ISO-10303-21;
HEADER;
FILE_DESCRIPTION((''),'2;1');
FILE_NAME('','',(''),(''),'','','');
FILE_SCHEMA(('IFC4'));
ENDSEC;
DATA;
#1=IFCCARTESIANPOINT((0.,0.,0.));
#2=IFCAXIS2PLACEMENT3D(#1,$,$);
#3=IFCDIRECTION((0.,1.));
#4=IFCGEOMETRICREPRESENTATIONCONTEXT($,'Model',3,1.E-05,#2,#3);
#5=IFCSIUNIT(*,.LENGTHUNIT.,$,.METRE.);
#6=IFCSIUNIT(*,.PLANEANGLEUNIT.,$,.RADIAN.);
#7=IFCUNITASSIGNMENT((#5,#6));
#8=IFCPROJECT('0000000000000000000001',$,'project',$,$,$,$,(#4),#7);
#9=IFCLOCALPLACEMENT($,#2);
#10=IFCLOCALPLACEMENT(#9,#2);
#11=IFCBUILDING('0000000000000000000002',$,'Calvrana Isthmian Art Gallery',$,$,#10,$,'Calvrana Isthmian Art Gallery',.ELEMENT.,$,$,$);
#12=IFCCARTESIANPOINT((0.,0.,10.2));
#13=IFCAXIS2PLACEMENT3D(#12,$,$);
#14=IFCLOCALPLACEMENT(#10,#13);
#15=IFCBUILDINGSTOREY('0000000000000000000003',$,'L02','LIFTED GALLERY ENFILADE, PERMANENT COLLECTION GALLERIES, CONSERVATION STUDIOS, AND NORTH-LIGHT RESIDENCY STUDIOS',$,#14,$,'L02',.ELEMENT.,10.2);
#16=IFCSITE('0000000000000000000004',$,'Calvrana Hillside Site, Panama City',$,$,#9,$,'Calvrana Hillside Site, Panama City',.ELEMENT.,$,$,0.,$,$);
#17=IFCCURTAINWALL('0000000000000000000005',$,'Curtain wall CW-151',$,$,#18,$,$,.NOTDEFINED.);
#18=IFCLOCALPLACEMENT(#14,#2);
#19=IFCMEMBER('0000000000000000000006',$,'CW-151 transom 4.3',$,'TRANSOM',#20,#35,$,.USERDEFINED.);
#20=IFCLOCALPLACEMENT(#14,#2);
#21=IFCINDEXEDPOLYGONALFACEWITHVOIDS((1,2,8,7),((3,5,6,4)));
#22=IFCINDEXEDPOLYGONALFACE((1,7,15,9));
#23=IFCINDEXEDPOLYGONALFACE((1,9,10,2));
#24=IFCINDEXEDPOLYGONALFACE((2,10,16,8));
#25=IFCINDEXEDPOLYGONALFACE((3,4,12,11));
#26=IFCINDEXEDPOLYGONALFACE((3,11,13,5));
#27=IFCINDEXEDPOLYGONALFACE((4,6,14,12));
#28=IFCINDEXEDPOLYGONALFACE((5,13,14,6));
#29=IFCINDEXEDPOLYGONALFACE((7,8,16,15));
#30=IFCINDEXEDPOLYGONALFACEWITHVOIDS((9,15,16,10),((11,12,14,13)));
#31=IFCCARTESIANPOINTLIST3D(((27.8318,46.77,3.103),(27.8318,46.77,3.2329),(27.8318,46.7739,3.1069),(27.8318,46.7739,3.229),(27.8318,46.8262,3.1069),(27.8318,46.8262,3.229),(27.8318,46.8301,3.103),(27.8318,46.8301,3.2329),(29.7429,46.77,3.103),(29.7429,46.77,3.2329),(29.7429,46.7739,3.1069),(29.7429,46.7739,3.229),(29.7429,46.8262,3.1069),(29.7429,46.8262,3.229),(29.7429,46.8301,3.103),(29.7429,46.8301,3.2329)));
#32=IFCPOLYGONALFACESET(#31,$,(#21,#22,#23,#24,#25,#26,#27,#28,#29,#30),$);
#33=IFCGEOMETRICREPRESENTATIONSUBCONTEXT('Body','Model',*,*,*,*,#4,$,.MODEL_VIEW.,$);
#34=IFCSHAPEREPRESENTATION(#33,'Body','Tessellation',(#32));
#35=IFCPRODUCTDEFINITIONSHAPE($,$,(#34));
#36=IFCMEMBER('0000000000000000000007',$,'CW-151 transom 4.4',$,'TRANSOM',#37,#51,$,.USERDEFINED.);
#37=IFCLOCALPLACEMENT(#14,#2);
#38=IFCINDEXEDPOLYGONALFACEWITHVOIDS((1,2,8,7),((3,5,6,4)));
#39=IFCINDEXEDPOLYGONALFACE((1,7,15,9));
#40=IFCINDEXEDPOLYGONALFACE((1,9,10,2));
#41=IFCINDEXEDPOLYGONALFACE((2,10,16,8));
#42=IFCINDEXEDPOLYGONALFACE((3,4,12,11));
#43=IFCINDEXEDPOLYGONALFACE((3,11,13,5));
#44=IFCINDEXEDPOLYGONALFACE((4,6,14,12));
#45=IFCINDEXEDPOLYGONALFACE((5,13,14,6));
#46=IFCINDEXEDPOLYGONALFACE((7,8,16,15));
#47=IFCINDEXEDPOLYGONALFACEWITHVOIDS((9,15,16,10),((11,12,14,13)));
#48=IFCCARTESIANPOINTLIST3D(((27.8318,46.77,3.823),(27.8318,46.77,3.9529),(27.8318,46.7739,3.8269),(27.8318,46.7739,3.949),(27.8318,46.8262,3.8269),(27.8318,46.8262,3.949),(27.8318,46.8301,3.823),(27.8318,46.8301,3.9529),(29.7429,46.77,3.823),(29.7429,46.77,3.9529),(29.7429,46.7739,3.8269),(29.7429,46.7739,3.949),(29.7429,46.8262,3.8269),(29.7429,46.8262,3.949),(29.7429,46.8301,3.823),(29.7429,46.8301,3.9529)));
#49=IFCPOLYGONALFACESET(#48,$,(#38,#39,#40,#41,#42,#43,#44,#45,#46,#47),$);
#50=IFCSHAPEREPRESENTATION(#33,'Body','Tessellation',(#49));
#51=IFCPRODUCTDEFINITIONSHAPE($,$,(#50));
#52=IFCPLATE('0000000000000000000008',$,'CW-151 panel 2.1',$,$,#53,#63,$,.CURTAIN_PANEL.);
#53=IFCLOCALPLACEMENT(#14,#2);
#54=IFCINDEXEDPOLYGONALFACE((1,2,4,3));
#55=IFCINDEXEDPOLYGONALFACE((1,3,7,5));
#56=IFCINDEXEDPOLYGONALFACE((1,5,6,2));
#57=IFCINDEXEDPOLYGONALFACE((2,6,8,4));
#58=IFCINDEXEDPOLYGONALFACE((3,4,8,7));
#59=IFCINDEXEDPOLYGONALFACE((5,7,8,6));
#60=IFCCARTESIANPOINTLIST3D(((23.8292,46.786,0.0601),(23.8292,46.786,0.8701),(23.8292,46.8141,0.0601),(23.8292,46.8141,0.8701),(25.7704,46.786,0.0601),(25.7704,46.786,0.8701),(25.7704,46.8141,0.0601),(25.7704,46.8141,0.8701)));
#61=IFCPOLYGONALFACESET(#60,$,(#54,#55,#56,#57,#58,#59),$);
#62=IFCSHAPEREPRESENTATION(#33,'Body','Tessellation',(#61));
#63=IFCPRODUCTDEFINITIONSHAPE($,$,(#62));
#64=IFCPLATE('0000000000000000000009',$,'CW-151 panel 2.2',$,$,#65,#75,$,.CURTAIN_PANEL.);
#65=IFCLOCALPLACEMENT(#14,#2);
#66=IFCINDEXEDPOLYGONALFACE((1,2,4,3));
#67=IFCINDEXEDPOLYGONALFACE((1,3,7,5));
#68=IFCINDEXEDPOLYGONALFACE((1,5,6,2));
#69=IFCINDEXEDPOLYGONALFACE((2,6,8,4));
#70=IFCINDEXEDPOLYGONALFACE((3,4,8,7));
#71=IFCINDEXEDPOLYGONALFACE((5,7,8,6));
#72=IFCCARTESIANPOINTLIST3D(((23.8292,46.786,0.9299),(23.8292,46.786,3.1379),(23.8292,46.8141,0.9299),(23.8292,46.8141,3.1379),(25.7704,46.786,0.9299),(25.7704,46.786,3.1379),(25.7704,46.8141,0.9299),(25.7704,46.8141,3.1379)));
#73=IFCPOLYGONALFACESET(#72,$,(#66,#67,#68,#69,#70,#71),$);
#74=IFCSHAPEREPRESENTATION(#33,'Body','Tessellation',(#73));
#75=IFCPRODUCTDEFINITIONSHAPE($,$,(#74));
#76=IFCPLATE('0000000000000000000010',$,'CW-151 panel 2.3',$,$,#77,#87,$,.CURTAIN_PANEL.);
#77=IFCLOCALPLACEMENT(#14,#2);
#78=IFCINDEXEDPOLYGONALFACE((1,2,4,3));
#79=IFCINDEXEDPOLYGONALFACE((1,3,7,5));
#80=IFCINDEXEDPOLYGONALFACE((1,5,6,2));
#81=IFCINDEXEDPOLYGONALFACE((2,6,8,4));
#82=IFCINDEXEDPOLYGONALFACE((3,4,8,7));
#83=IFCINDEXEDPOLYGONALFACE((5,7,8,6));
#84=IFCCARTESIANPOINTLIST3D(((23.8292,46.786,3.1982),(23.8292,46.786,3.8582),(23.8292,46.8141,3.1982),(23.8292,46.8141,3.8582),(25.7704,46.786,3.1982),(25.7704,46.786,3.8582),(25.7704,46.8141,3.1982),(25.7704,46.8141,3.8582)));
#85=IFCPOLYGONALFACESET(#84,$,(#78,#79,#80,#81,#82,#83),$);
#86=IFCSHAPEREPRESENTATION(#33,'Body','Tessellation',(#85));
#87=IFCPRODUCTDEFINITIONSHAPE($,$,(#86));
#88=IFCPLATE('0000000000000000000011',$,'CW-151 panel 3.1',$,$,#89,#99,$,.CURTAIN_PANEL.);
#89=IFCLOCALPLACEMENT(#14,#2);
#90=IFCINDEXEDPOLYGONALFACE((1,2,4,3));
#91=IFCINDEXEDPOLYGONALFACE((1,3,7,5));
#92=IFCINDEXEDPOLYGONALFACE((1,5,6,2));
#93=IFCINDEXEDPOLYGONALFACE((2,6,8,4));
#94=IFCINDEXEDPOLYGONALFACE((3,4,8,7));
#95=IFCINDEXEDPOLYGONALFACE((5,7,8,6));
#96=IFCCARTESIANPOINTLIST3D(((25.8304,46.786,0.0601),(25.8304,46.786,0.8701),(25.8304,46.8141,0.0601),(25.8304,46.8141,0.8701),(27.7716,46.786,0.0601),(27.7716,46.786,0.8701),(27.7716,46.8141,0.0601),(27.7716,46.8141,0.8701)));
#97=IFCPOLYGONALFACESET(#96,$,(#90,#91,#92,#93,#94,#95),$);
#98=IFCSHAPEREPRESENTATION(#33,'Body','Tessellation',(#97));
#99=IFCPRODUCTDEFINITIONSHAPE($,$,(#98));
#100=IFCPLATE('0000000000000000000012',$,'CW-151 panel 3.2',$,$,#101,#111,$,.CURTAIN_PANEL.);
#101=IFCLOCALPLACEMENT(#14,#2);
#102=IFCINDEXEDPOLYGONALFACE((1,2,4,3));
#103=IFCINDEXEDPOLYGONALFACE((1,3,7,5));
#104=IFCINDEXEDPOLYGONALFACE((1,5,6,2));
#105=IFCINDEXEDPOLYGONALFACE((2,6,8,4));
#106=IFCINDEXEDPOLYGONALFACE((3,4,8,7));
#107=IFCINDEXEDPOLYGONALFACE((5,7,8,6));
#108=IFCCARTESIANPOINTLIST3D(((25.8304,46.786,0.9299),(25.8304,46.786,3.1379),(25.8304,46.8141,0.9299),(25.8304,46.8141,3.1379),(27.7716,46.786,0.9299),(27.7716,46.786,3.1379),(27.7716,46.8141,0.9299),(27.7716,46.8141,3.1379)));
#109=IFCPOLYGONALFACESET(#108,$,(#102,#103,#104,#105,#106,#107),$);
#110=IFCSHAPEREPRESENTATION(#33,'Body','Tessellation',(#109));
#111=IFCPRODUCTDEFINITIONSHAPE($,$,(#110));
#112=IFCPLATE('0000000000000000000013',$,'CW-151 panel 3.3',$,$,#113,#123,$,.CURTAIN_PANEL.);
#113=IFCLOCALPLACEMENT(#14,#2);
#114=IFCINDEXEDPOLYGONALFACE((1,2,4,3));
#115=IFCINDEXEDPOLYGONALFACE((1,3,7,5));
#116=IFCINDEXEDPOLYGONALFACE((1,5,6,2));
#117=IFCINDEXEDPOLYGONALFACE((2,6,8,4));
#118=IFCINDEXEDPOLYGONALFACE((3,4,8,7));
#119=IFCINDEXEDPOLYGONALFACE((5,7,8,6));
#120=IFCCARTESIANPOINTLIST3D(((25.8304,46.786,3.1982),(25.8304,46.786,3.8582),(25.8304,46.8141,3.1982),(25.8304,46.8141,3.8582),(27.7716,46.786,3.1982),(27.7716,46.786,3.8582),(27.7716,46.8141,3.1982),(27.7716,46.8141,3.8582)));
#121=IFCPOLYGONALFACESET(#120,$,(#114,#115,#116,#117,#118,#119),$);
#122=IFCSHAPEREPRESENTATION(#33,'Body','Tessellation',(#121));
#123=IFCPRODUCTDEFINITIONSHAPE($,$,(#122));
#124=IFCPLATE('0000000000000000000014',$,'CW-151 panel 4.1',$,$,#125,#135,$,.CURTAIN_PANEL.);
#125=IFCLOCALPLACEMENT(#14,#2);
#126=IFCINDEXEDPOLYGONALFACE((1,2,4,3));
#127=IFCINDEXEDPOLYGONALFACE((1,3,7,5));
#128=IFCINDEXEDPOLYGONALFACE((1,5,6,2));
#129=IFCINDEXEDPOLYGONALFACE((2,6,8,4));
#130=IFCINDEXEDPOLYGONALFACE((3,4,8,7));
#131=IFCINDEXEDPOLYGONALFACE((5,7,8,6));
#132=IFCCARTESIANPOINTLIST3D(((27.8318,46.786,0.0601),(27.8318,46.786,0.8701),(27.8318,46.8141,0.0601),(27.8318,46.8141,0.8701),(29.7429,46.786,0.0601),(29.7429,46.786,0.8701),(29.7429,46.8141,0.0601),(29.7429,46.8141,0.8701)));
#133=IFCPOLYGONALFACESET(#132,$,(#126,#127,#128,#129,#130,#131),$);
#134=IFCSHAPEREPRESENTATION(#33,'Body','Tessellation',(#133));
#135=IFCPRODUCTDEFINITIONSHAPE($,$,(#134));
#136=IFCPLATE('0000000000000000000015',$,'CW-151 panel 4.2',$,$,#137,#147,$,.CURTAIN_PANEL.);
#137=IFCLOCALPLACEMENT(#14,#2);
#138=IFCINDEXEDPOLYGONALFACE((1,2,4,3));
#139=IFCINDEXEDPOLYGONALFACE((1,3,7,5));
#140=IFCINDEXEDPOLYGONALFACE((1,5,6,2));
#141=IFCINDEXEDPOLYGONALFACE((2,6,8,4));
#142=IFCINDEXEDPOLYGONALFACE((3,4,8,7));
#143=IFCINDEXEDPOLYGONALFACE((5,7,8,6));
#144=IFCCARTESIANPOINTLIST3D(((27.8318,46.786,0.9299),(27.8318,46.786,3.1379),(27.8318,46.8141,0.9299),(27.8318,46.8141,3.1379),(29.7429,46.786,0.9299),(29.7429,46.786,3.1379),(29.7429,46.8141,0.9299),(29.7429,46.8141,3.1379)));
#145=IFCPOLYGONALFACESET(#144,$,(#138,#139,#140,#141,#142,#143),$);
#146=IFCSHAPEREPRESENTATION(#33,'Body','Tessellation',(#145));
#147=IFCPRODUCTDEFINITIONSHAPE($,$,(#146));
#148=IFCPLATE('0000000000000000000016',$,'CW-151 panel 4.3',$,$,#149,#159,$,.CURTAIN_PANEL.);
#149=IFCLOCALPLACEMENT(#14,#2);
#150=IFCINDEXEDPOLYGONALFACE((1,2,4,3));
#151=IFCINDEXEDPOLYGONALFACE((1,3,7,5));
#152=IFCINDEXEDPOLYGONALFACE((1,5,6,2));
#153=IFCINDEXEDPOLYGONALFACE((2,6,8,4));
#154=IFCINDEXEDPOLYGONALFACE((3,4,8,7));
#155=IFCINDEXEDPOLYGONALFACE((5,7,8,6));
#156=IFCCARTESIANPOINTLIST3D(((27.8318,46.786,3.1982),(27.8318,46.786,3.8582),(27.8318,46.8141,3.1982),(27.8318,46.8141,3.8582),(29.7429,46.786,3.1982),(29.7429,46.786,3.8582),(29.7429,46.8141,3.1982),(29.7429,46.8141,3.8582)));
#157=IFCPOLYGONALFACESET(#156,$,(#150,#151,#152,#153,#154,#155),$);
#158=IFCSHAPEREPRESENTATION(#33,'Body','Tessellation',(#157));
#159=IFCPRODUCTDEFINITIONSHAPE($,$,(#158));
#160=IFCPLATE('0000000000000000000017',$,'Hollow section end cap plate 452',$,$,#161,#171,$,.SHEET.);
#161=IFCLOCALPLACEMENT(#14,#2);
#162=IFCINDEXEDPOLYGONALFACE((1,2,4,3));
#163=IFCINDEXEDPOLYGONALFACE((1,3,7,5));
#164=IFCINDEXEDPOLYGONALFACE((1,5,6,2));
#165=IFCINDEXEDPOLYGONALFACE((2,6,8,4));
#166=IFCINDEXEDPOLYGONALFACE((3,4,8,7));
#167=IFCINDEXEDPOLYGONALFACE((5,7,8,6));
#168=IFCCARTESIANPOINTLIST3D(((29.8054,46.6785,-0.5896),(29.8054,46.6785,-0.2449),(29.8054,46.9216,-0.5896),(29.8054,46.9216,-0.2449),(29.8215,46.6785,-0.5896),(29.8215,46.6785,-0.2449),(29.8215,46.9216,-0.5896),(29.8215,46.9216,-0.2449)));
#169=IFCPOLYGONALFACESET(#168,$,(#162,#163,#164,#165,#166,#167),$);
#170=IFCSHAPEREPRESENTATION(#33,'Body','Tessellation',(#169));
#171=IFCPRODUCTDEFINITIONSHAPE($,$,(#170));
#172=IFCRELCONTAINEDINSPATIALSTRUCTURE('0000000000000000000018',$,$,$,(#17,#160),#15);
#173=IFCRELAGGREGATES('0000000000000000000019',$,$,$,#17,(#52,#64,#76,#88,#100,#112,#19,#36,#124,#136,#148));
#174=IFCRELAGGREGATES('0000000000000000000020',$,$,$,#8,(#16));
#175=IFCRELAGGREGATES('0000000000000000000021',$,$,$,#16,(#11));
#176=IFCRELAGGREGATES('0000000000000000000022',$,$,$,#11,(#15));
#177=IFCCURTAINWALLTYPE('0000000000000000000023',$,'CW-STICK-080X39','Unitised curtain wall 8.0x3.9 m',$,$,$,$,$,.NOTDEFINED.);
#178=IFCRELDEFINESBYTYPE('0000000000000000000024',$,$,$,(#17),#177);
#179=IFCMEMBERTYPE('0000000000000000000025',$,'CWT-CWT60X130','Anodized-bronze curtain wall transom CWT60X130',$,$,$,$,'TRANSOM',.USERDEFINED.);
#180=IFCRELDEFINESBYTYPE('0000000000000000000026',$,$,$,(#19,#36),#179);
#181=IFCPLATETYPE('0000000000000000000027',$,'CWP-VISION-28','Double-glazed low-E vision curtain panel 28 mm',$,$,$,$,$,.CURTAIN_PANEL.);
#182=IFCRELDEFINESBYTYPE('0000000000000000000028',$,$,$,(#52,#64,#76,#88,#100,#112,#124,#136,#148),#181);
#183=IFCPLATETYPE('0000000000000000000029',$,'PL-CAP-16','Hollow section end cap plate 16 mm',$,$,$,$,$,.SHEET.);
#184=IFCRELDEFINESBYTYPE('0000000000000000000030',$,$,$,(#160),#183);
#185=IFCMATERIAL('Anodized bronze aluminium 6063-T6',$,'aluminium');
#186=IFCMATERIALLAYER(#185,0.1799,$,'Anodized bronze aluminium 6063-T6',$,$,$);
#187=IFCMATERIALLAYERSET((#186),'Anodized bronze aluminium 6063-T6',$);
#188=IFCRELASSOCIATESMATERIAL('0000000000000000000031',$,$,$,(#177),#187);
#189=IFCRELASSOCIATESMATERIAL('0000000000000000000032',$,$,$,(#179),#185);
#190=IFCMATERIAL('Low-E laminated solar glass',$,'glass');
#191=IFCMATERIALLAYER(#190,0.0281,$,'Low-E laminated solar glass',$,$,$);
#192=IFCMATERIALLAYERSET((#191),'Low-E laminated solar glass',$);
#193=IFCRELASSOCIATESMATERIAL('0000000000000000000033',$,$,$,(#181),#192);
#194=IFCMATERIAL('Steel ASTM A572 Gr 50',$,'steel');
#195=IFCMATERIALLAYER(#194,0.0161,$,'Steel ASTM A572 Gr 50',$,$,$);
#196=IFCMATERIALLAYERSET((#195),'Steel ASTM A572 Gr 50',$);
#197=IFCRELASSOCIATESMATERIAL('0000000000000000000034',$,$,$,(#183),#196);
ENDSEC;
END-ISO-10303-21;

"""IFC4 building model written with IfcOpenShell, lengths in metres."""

from ifc_helpers import new_model, si_unit, direction, frame, origin, origin_2d, place, context, subcontext, project, spatial, rectangle, hollow_rectangle, extrude, material, layer, layer_set, material_profile, profile_set, type_object, element, aggregate, save


model = new_model("IFC4")

# Units and contexts
model_context = context("Model", 3, precision=1e-05, world=origin(), true_north=direction((0.0, 1.0)))
body_context = subcontext(model_context, "Body", "Model", "MODEL_VIEW")
ifc_project = project(units=[si_unit("LENGTHUNIT", "METRE"), si_unit("PLANEANGLEUNIT", "RADIAN")], contexts=[model_context])

# Site, building, storey
site_placement = place(None, origin())
site = spatial("IfcSite", under=ifc_project, at=site_placement, Name="Calvrana Hillside Site, Panama City", LongName="Calvrana Hillside Site, Panama City", CompositionType="ELEMENT", RefElevation=0.0)
building_placement = place(site_placement, origin())
building = spatial("IfcBuilding", under=site, at=building_placement, Name="Calvrana Isthmian Art Gallery", LongName="Calvrana Isthmian Art Gallery", CompositionType="ELEMENT")
storey_placement = place(building_placement, frame((0.0, 0.0, 10.2)))
storey = spatial("IfcBuildingStorey", under=building, at=storey_placement, Name="L02", Description="LIFTED GALLERY ENFILADE, PERMANENT COLLECTION GALLERIES, CONSERVATION STUDIOS, AND NORTH-LIGHT RESIDENCY STUDIOS", LongName="L02", CompositionType="ELEMENT", Elevation=10.2)

# Curtain wall, members, plates
ifc_material_1 = material(Name="Anodized bronze aluminium 6063-T6", Category="aluminium")
ifc_layer_1 = layer(ifc_material_1, 0.1799, Name="Anodized bronze aluminium 6063-T6")
ifc_layer_set_1 = layer_set([ifc_layer_1], Name="Anodized bronze aluminium 6063-T6")
curtain_wall_type = type_object("IfcCurtainWallType", Name="CW-STICK-080X39", Description="Unitised curtain wall 8.0x3.9 m", PredefinedType="NOTDEFINED", material=ifc_layer_set_1)
curtain_wall_placement = place(storey_placement, origin())
curtain_wall = element("IfcCurtainWall", 1, at=curtain_wall_placement, inside=storey, type_object=curtain_wall_type, Name="Curtain wall CW-151", PredefinedType="NOTDEFINED")
ifc_material_profile_1 = material_profile(ifc_material_1, hollow_rectangle(XDim=0.0601, YDim=0.1299, WallThickness=0.0039, at=origin_2d()), Name="CWT60X130")
ifc_profile_set_1 = profile_set([ifc_material_profile_1], Name="Anodized bronze aluminium 6063-T6")
member_type_1 = type_object("IfcMemberType", Name="CWT-CWT60X130", Description="Anodized-bronze curtain wall transom CWT60X130", ElementType="TRANSOM", PredefinedType="USERDEFINED", material=ifc_profile_set_1)
member_1_placement = place(storey_placement, frame((27.8318, 46.8, 3.168), z_axis=(1.0, 0.0, 0.0), x_axis=(0.0, 1.0, 0.0)))
member_1 = element("IfcMember", 2, at=member_1_placement, type_object=member_type_1, Name="CW-151 transom 4.3", ObjectType="TRANSOM", PredefinedType="USERDEFINED", context=body_context, shape_type="SweptSolid", body=[
    extrude(hollow_rectangle(XDim=0.0601, YDim=0.1299, WallThickness=0.0039, at=origin_2d()), origin(), (0.0, 0.0, 1.0), 1.9111),
])
member_2_placement = place(storey_placement, frame((27.8318, 46.8, 3.8879), z_axis=(1.0, 0.0, 0.0), x_axis=(0.0, 1.0, 0.0)))
member_2 = element("IfcMember", 3, at=member_2_placement, type_object=member_type_1, Name="CW-151 transom 4.4", ObjectType="TRANSOM", PredefinedType="USERDEFINED", context=body_context, shape_type="SweptSolid", body=[
    extrude(hollow_rectangle(XDim=0.0601, YDim=0.1299, WallThickness=0.0039, at=origin_2d()), origin(), (0.0, 0.0, 1.0), 1.9111),
])
ifc_material_2 = material(Name="Low-E laminated solar glass", Category="glass")
ifc_layer_2 = layer(ifc_material_2, 0.0281, Name="Low-E laminated solar glass")
ifc_layer_set_2 = layer_set([ifc_layer_2], Name="Low-E laminated solar glass")
plate_type_1 = type_object("IfcPlateType", Name="CWP-VISION-28", Description="Double-glazed low-E vision curtain panel 28 mm", PredefinedType="CURTAIN_PANEL", material=ifc_layer_set_2)
plate_1_placement = place(storey_placement, frame((24.7998, 46.8, 0.0601), z_axis=(0.0, 0.0, 1.0), x_axis=(1.0, 0.0, 0.0)))
plate_1 = element("IfcPlate", 4, at=plate_1_placement, type_object=plate_type_1, Name="CW-151 panel 2.1", PredefinedType="CURTAIN_PANEL", context=body_context, shape_type="SweptSolid", body=[
    extrude(rectangle(XDim=1.9412, YDim=0.0281, at=origin_2d()), origin(), (0.0, 0.0, 1.0), 0.8101),
])
plate_2_placement = place(storey_placement, frame((24.7998, 46.8, 0.9299), z_axis=(0.0, 0.0, 1.0), x_axis=(1.0, 0.0, 0.0)))
plate_2 = element("IfcPlate", 5, at=plate_2_placement, type_object=plate_type_1, Name="CW-151 panel 2.2", PredefinedType="CURTAIN_PANEL", context=body_context, shape_type="SweptSolid", body=[
    extrude(rectangle(XDim=1.9412, YDim=0.0281, at=origin_2d()), origin(), (0.0, 0.0, 1.0), 2.208),
])
plate_3_placement = place(storey_placement, frame((24.7998, 46.8, 3.1982), z_axis=(0.0, 0.0, 1.0), x_axis=(1.0, 0.0, 0.0)))
plate_3 = element("IfcPlate", 6, at=plate_3_placement, type_object=plate_type_1, Name="CW-151 panel 2.3", PredefinedType="CURTAIN_PANEL", context=body_context, shape_type="SweptSolid", body=[
    extrude(rectangle(XDim=1.9412, YDim=0.0281, at=origin_2d()), origin(), (0.0, 0.0, 1.0), 0.6599),
])
plate_4_placement = place(storey_placement, frame((26.801, 46.8, 0.0601), z_axis=(0.0, 0.0, 1.0), x_axis=(1.0, 0.0, 0.0)))
plate_4 = element("IfcPlate", 7, at=plate_4_placement, type_object=plate_type_1, Name="CW-151 panel 3.1", PredefinedType="CURTAIN_PANEL", context=body_context, shape_type="SweptSolid", body=[
    extrude(rectangle(XDim=1.9412, YDim=0.0281, at=origin_2d()), origin(), (0.0, 0.0, 1.0), 0.8101),
])
plate_5_placement = place(storey_placement, frame((26.801, 46.8, 0.9299), z_axis=(0.0, 0.0, 1.0), x_axis=(1.0, 0.0, 0.0)))
plate_5 = element("IfcPlate", 8, at=plate_5_placement, type_object=plate_type_1, Name="CW-151 panel 3.2", PredefinedType="CURTAIN_PANEL", context=body_context, shape_type="SweptSolid", body=[
    extrude(rectangle(XDim=1.9412, YDim=0.0281, at=origin_2d()), origin(), (0.0, 0.0, 1.0), 2.208),
])
plate_6_placement = place(storey_placement, frame((26.801, 46.8, 3.1982), z_axis=(0.0, 0.0, 1.0), x_axis=(1.0, 0.0, 0.0)))
plate_6 = element("IfcPlate", 9, at=plate_6_placement, type_object=plate_type_1, Name="CW-151 panel 3.3", PredefinedType="CURTAIN_PANEL", context=body_context, shape_type="SweptSolid", body=[
    extrude(rectangle(XDim=1.9412, YDim=0.0281, at=origin_2d()), origin(), (0.0, 0.0, 1.0), 0.6599),
])
plate_7_placement = place(storey_placement, frame((28.7874, 46.8, 0.0601), z_axis=(0.0, 0.0, 1.0), x_axis=(1.0, 0.0, 0.0)))
plate_7 = element("IfcPlate", 10, at=plate_7_placement, type_object=plate_type_1, Name="CW-151 panel 4.1", PredefinedType="CURTAIN_PANEL", context=body_context, shape_type="SweptSolid", body=[
    extrude(rectangle(XDim=1.9111, YDim=0.0281, at=origin_2d()), origin(), (0.0, 0.0, 1.0), 0.8101),
])
plate_8_placement = place(storey_placement, frame((28.7874, 46.8, 0.9299), z_axis=(0.0, 0.0, 1.0), x_axis=(1.0, 0.0, 0.0)))
plate_8 = element("IfcPlate", 11, at=plate_8_placement, type_object=plate_type_1, Name="CW-151 panel 4.2", PredefinedType="CURTAIN_PANEL", context=body_context, shape_type="SweptSolid", body=[
    extrude(rectangle(XDim=1.9111, YDim=0.0281, at=origin_2d()), origin(), (0.0, 0.0, 1.0), 2.208),
])
plate_9_placement = place(storey_placement, frame((28.7874, 46.8, 3.1982), z_axis=(0.0, 0.0, 1.0), x_axis=(1.0, 0.0, 0.0)))
plate_9 = element("IfcPlate", 12, at=plate_9_placement, type_object=plate_type_1, Name="CW-151 panel 4.3", PredefinedType="CURTAIN_PANEL", context=body_context, shape_type="SweptSolid", body=[
    extrude(rectangle(XDim=1.9111, YDim=0.0281, at=origin_2d()), origin(), (0.0, 0.0, 1.0), 0.6599),
])
aggregate(curtain_wall, [plate_1, plate_2, plate_3, plate_4, plate_5, plate_6, member_1, member_2, plate_7, plate_8, plate_9])

# Plate
ifc_material_3 = material(Name="Steel ASTM A572 Gr 50", Category="steel")
ifc_layer_3 = layer(ifc_material_3, 0.0161, Name="Steel ASTM A572 Gr 50")
ifc_layer_set_3 = layer_set([ifc_layer_3], Name="Steel ASTM A572 Gr 50")
plate_type_2 = type_object("IfcPlateType", Name="PL-CAP-16", Description="Hollow section end cap plate 16 mm", PredefinedType="SHEET", material=ifc_layer_set_3)
plate_10_placement = place(storey_placement, frame((29.8135, 46.8, -0.5896), z_axis=(0.0, 0.0, 1.0), x_axis=(1.0, 0.0, 0.0)))
element("IfcPlate", 13, at=plate_10_placement, inside=storey, type_object=plate_type_2, Name="Hollow section end cap plate 452", PredefinedType="SHEET", context=body_context, shape_type="SweptSolid", body=[
    extrude(rectangle(XDim=0.0161, YDim=0.2432, at=origin_2d()), origin(), (0.0, 0.0, 1.0), 0.3447),
])

save(model, "model.ifc")
